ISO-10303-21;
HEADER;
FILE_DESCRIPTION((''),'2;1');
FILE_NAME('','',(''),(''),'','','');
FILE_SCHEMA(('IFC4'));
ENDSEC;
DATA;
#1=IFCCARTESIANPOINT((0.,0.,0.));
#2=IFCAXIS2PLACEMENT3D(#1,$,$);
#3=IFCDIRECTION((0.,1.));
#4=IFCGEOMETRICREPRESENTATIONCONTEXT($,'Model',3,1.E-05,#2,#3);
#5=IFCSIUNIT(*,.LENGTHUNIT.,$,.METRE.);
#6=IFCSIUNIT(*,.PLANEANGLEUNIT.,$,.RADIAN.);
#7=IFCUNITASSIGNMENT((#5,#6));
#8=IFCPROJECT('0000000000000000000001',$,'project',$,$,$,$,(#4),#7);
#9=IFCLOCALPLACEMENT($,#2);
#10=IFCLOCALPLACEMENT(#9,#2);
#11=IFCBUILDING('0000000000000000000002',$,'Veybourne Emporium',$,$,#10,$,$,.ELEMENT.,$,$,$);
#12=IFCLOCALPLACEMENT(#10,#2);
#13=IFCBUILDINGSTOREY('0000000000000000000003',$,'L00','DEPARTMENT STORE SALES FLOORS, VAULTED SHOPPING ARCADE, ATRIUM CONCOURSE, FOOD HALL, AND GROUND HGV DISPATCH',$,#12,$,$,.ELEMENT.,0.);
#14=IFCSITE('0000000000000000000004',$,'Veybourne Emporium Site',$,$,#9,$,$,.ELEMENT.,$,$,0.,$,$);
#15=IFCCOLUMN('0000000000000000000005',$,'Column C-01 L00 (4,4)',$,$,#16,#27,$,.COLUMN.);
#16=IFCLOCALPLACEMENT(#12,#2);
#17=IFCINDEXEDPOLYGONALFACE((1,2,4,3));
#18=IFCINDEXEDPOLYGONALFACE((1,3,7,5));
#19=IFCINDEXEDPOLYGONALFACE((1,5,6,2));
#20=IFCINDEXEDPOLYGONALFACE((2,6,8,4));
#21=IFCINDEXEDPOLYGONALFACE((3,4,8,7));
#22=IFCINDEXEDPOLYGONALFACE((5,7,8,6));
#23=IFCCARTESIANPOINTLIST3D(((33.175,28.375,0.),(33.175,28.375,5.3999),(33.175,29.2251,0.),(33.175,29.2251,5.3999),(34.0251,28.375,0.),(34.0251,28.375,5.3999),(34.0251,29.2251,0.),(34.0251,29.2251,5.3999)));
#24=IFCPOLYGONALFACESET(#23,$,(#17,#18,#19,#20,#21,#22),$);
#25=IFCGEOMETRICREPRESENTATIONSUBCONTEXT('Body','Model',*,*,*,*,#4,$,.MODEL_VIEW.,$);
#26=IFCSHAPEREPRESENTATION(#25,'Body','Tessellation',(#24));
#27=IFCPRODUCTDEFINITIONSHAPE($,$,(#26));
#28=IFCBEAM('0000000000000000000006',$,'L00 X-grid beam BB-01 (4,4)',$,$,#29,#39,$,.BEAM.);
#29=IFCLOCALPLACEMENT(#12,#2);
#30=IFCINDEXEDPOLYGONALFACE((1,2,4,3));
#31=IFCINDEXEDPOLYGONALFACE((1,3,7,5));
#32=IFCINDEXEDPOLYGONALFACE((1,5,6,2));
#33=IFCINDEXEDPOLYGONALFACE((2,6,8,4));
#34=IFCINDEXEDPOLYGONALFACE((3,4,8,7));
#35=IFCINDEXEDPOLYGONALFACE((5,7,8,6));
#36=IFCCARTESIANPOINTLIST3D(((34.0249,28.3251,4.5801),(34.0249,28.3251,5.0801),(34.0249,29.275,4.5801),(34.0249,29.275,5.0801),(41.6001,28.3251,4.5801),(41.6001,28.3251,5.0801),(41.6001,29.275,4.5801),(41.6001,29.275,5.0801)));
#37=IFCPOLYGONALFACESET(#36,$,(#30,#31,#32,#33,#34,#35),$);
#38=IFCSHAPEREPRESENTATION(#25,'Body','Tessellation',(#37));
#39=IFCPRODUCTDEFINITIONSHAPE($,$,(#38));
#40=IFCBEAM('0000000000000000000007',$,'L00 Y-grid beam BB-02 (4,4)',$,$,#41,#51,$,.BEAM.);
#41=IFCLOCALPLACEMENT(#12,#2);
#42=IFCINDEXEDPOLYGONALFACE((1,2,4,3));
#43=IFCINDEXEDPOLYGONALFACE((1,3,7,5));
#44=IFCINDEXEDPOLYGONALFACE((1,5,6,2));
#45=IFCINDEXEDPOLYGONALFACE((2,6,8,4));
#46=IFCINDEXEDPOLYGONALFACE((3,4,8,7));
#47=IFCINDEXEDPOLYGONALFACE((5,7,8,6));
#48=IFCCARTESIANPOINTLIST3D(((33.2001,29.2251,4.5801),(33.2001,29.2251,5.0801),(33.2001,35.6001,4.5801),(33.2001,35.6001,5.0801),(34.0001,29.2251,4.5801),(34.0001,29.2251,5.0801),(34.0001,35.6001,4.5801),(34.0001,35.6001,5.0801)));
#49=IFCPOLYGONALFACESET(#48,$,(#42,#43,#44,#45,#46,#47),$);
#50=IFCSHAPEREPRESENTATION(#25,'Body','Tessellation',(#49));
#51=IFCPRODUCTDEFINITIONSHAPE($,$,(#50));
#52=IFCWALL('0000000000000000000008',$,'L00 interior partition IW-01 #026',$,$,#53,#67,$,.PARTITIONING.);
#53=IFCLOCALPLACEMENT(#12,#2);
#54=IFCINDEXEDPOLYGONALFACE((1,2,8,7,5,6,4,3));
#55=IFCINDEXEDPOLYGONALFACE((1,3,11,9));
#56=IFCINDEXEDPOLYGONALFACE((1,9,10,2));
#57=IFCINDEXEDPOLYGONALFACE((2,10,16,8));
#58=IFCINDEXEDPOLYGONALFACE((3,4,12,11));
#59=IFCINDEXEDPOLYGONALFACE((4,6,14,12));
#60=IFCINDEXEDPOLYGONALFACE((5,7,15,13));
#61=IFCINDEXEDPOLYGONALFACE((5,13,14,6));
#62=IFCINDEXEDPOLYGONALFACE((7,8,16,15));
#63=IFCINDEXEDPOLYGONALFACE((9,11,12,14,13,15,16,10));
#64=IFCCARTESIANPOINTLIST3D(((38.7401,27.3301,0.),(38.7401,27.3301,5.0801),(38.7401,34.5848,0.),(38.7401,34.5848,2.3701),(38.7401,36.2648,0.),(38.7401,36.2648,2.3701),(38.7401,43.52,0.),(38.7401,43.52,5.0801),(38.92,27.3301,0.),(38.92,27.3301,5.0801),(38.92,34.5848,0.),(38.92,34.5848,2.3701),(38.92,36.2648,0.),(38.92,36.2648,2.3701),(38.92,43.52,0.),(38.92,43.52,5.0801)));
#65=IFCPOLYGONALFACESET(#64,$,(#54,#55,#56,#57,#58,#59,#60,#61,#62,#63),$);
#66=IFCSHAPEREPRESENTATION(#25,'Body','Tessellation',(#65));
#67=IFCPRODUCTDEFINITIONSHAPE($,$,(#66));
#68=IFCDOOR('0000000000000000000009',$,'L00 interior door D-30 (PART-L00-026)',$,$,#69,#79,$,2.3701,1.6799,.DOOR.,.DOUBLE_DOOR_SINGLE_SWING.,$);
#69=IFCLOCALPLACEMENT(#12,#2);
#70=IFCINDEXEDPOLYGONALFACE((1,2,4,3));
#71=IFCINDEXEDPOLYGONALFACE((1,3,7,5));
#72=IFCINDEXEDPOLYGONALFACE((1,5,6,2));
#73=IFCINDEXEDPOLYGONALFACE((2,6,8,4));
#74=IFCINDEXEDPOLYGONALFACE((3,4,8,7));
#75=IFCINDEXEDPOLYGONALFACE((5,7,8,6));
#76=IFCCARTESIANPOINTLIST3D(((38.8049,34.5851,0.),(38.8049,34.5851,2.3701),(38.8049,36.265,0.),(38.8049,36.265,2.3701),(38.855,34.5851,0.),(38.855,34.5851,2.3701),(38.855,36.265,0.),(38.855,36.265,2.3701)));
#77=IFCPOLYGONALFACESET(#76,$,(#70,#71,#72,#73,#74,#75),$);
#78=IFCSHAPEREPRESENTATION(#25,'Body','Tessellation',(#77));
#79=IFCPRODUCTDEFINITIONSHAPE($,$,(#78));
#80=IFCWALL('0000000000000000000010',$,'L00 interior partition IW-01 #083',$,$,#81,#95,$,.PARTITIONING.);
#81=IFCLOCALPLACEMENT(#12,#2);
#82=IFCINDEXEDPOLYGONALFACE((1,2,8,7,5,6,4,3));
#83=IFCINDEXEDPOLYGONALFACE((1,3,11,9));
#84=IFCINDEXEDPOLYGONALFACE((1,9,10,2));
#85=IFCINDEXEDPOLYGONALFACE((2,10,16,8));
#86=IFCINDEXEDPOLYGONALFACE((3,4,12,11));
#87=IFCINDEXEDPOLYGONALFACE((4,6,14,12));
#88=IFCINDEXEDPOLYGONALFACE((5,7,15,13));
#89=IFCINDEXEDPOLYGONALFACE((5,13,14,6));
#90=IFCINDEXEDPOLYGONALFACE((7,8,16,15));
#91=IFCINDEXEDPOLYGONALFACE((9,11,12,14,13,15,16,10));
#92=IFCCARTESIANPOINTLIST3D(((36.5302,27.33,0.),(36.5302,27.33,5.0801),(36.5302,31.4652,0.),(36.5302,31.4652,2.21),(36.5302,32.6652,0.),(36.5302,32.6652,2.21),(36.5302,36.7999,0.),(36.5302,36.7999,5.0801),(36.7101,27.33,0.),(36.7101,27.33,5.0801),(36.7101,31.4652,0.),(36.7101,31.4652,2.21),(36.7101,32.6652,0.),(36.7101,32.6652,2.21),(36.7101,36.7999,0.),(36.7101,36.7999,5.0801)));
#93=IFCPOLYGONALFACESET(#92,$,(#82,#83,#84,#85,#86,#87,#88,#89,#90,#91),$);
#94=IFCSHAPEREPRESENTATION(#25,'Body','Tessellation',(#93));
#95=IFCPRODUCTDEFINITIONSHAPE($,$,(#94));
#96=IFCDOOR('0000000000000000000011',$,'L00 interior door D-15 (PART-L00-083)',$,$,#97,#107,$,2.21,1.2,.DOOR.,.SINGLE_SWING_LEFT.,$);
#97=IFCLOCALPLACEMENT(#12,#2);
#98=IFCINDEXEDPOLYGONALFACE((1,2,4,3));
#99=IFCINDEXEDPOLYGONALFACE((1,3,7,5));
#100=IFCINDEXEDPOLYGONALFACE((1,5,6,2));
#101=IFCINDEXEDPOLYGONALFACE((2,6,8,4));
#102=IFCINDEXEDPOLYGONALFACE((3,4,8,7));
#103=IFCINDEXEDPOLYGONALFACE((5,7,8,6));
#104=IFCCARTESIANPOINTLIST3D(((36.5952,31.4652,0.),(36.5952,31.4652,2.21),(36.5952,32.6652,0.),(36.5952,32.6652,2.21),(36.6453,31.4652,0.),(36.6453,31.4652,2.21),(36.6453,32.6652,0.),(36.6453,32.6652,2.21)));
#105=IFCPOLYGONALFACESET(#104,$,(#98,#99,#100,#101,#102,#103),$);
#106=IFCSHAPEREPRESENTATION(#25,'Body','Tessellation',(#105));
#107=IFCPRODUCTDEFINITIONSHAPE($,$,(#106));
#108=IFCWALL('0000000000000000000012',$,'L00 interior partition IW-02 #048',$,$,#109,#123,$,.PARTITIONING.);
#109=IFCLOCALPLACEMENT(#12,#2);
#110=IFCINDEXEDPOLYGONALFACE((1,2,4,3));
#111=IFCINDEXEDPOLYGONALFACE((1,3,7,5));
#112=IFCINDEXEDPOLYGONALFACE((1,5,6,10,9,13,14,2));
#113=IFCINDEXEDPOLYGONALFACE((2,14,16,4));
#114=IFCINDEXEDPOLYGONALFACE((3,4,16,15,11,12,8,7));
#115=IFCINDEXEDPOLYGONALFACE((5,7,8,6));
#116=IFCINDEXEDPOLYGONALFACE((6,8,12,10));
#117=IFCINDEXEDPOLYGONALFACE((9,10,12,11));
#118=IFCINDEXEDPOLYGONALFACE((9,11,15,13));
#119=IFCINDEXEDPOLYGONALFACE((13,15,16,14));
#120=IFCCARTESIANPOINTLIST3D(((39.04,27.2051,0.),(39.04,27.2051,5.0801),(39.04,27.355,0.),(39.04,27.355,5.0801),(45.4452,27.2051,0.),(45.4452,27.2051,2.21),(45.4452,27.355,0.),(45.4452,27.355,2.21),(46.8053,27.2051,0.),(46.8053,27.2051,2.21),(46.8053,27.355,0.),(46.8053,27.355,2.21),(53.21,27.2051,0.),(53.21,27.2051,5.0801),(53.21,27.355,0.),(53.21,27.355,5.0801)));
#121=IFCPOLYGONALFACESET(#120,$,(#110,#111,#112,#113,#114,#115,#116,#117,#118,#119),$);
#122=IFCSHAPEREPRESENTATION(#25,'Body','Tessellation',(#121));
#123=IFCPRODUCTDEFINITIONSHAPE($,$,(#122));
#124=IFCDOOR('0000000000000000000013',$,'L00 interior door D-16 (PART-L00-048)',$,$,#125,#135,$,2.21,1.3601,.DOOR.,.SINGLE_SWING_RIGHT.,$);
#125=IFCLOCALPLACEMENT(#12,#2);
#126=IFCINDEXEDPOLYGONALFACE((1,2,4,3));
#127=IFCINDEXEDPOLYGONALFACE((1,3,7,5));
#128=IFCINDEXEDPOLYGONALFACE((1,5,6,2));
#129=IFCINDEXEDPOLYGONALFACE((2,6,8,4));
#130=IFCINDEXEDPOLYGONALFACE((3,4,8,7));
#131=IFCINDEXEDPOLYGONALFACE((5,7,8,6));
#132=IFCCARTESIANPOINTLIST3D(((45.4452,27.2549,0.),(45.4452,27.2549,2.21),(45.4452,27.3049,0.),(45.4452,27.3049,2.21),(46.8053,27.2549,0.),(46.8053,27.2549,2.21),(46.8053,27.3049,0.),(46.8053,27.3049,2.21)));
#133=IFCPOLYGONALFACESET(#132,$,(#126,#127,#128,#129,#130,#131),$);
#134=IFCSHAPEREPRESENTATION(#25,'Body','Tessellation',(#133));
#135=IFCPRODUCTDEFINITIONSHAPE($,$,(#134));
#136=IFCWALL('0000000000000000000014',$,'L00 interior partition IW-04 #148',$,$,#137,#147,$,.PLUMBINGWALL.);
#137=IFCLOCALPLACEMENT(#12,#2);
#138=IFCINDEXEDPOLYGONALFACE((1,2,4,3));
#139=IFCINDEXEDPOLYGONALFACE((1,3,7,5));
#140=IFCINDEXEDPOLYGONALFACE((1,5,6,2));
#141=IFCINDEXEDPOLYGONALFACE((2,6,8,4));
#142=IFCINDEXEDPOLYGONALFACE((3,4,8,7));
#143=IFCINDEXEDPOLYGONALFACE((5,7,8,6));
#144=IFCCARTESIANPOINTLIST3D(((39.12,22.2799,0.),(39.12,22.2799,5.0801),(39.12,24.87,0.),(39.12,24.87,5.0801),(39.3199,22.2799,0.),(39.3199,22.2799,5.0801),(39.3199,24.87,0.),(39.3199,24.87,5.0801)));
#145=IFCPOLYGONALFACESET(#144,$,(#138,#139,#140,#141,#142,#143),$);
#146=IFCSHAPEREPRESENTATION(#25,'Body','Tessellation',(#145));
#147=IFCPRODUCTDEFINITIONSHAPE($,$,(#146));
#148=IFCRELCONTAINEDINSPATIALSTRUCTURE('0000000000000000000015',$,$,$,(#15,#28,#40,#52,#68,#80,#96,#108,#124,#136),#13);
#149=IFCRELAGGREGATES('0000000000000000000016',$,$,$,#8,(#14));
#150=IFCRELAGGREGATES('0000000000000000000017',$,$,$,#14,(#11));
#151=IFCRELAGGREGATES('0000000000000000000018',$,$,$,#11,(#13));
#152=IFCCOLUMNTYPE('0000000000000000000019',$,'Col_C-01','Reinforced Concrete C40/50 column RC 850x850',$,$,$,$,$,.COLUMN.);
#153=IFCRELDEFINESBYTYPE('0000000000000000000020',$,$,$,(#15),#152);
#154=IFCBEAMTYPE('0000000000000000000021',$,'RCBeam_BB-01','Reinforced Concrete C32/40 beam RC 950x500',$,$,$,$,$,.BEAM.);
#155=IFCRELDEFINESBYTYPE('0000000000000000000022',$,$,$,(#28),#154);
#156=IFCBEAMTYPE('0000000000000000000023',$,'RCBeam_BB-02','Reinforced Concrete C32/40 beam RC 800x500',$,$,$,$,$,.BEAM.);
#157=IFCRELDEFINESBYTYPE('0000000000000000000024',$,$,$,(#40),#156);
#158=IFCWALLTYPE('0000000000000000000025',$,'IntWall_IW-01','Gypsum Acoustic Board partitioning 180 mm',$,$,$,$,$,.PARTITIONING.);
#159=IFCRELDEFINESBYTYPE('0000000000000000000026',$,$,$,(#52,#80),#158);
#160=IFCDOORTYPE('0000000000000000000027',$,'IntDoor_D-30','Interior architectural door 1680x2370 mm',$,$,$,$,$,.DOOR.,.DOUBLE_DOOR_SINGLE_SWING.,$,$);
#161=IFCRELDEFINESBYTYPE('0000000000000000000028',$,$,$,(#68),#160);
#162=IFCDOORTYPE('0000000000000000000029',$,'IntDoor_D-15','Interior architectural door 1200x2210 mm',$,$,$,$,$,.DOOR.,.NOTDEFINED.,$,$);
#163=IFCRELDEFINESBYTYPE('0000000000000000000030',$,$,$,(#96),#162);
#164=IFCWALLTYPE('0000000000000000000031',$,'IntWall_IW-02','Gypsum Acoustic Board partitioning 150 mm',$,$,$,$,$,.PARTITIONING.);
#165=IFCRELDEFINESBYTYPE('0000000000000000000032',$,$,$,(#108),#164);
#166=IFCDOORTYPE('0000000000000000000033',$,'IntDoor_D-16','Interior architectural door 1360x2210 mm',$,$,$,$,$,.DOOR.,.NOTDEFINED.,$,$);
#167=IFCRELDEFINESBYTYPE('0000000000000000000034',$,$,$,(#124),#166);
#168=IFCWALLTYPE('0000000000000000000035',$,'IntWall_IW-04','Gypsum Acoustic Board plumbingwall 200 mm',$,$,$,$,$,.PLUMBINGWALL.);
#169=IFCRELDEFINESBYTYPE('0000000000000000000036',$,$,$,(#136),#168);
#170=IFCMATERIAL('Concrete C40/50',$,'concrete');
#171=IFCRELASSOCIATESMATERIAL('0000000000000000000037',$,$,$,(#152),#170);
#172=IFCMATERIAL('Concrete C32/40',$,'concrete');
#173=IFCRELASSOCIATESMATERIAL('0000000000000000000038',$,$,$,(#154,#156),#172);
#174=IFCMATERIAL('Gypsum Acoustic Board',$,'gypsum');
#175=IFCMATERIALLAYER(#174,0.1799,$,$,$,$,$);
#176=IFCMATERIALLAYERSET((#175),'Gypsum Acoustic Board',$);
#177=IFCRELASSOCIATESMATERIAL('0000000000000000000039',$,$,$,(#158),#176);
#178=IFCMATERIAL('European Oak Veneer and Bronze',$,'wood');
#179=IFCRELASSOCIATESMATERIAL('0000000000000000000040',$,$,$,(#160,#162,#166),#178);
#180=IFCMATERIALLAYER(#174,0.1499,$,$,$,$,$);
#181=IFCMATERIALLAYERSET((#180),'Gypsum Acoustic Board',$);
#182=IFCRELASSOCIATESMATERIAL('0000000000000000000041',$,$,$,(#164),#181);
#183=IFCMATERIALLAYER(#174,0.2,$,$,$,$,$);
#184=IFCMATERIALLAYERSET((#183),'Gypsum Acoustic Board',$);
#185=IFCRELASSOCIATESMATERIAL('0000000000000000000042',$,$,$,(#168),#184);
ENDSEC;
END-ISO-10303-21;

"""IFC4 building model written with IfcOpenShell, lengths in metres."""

from ifc_helpers import new_model, si_unit, direction, frame, frame_2d, origin, origin_2d, place, context, subcontext, project, spatial, rectangle, extrude, material, layer, layer_set, material_profile, profile_set, type_object, element, fill, save


model = new_model("IFC4")

# Units and contexts
model_context = context("Model", 3, precision=1e-05, world=origin(), true_north=direction((0.0, 1.0)))
body_context = subcontext(model_context, "Body", "Model", "MODEL_VIEW")
ifc_project = project(units=[si_unit("LENGTHUNIT", "METRE"), si_unit("PLANEANGLEUNIT", "RADIAN")], contexts=[model_context])

# Site, building, storey
site_placement = place(None, origin())
site = spatial("IfcSite", under=ifc_project, at=site_placement, Name="Veybourne Emporium Site", CompositionType="ELEMENT", RefElevation=0.0)
building_placement = place(site_placement, origin())
building = spatial("IfcBuilding", under=site, at=building_placement, Name="Veybourne Emporium", CompositionType="ELEMENT")
storey_placement = place(building_placement, origin())
storey = spatial("IfcBuildingStorey", under=building, at=storey_placement, Name="L00", Description="DEPARTMENT STORE SALES FLOORS, VAULTED SHOPPING ARCADE, ATRIUM CONCOURSE, FOOD HALL, AND GROUND HGV DISPATCH", CompositionType="ELEMENT", Elevation=0.0)

# Column
ifc_material_1 = material(Name="Concrete C40/50", Category="concrete")
ifc_material_profile_1 = material_profile(ifc_material_1, rectangle(XDim=0.8501, YDim=0.8501, at=origin_2d()), Name="RC 850x850")
ifc_profile_set_1 = profile_set([ifc_material_profile_1], Name="Concrete C40/50")
column_type = type_object("IfcColumnType", Name="Col_C-01", Description="Reinforced Concrete C40/50 column RC 850x850", PredefinedType="COLUMN", material=ifc_profile_set_1)
column_placement = place(storey_placement, frame((33.6001, 28.8, 0.0), z_axis=(0.0, 0.0, 1.0), x_axis=(1.0, 0.0, 0.0)))
element("IfcColumn", 1, at=column_placement, inside=storey, type_object=column_type, Name="Column C-01 L00 (4,4)", PredefinedType="COLUMN", context=body_context, shape_type="SweptSolid", body=[
    extrude(rectangle(XDim=0.8501, YDim=0.8501, at=origin_2d()), origin(), (0.0, 0.0, 1.0), 5.3999),
])

# Beams
ifc_material_2 = material(Name="Concrete C32/40", Category="concrete")
ifc_material_profile_2 = material_profile(ifc_material_2, rectangle(XDim=0.95, YDim=0.5, at=origin_2d()), Name="RC 950x500")
ifc_profile_set_2 = profile_set([ifc_material_profile_2], Name="Concrete C32/40")
beam_type_1 = type_object("IfcBeamType", Name="RCBeam_BB-01", Description="Reinforced Concrete C32/40 beam RC 950x500", PredefinedType="BEAM", material=ifc_profile_set_2)
beam_1_placement = place(storey_placement, frame((34.0249, 28.8, 4.8301), z_axis=(1.0, 0.0, 0.0), x_axis=(0.0, 1.0, 0.0)))
element("IfcBeam", 2, at=beam_1_placement, inside=storey, type_object=beam_type_1, Name="L00 X-grid beam BB-01 (4,4)", PredefinedType="BEAM", context=body_context, shape_type="SweptSolid", body=[
    extrude(rectangle(XDim=0.95, YDim=0.5, at=origin_2d()), origin(), (0.0, 0.0, 1.0), 7.5752),
])
ifc_material_profile_3 = material_profile(ifc_material_2, rectangle(XDim=0.8, YDim=0.5, at=origin_2d()), Name="RC 800x500")
ifc_profile_set_3 = profile_set([ifc_material_profile_3], Name="Concrete C32/40")
beam_type_2 = type_object("IfcBeamType", Name="RCBeam_BB-02", Description="Reinforced Concrete C32/40 beam RC 800x500", PredefinedType="BEAM", material=ifc_profile_set_3)
beam_2_placement = place(storey_placement, frame((33.6001, 29.2251, 4.8301), z_axis=(0.0, 1.0, 0.0), x_axis=(-1.0, 0.0, 0.0)))
element("IfcBeam", 3, at=beam_2_placement, inside=storey, type_object=beam_type_2, Name="L00 Y-grid beam BB-02 (4,4)", PredefinedType="BEAM", context=body_context, shape_type="SweptSolid", body=[
    extrude(rectangle(XDim=0.8, YDim=0.5, at=origin_2d()), origin(), (0.0, 0.0, 1.0), 6.375),
])

# Walls, openings, doors
ifc_material_3 = material(Name="Gypsum Acoustic Board", Category="gypsum")
ifc_layer_1 = layer(ifc_material_3, 0.1799)
ifc_layer_set_1 = layer_set([ifc_layer_1], Name="Gypsum Acoustic Board")
wall_type_1 = type_object("IfcWallType", Name="IntWall_IW-01", Description="Gypsum Acoustic Board partitioning 180 mm", PredefinedType="PARTITIONING", material=ifc_layer_set_1)
wall_1_placement = place(storey_placement, frame((38.8301, 27.3301, 0.0), z_axis=(0.0, 0.0, 1.0), x_axis=(0.0, 1.0, 0.0)))
wall_1 = element("IfcWall", 4, at=wall_1_placement, inside=storey, type_object=wall_type_1, Name="L00 interior partition IW-01 #026", PredefinedType="PARTITIONING", context=body_context, shape_type="SweptSolid", body=[
    extrude(rectangle(XDim=16.1899, YDim=0.1799, at=frame_2d((8.095, 0.0))), origin(), (0.0, 0.0, 1.0), 5.0801),
])
opening_1_placement = place(wall_1_placement, frame((7.2549, 0.0, 0.0)))
opening_1 = element("IfcOpeningElement", 5, at=opening_1_placement, cuts=wall_1, PredefinedType="OPENING", context=body_context, shape_type="SweptSolid", body=[
    extrude(rectangle(XDim=1.6799, YDim=2.3701, at=frame_2d((0.8398, 1.1851))), frame((0.0, 0.1099, 0.0), z_axis=(0.0, -1.0, 0.0), x_axis=(1.0, 0.0, 0.0)), (0.0, 0.0, 1.0), 0.22),
])
ifc_material_4 = material(Name="European Oak Veneer and Bronze", Category="wood")
door_type_1 = type_object("IfcDoorType", Name="IntDoor_D-30", Description="Interior architectural door 1680x2370 mm", OperationType="DOUBLE_DOOR_SINGLE_SWING", PredefinedType="DOOR", material=ifc_material_4)
door_1_placement = place(opening_1_placement, frame((1.6799, 0.0, 0.0), z_axis=(0.0, 0.0, 1.0), x_axis=(-1.0, 0.0, 0.0)))
door_1 = element("IfcDoor", 6, at=door_1_placement, inside=storey, type_object=door_type_1, Name="L00 interior door D-30 (PART-L00-026)", OperationType="DOUBLE_DOOR_SINGLE_SWING", OverallHeight=2.3701, OverallWidth=1.6799, PredefinedType="DOOR", context=body_context, shape_type="SweptSolid", body=[
    extrude(rectangle(XDim=1.6799, YDim=2.3701, at=frame_2d((0.8398, 1.1851))), frame((0.0, 0.0249, 0.0), z_axis=(0.0, -1.0, 0.0), x_axis=(1.0, 0.0, 0.0)), (0.0, 0.0, 1.0), 0.05),
])
fill(opening_1, door_1)
wall_2_placement = place(storey_placement, frame((36.6201, 27.3301, 0.0), z_axis=(0.0, 0.0, 1.0), x_axis=(0.0, 1.0, 0.0)))
wall_2 = element("IfcWall", 7, at=wall_2_placement, inside=storey, type_object=wall_type_1, Name="L00 interior partition IW-01 #083", PredefinedType="PARTITIONING", context=body_context, shape_type="SweptSolid", body=[
    extrude(rectangle(XDim=9.47, YDim=0.1799, at=frame_2d((4.7349, 0.0))), origin(), (0.0, 0.0, 1.0), 5.0801),
])
opening_2_placement = place(wall_2_placement, frame((4.135, 0.0, 0.0)))
opening_2 = element("IfcOpeningElement", 8, at=opening_2_placement, cuts=wall_2, PredefinedType="OPENING", context=body_context, shape_type="SweptSolid", body=[
    extrude(rectangle(XDim=1.2, YDim=2.21, at=frame_2d((0.6001, 1.105))), frame((0.0, 0.1099, 0.0), z_axis=(0.0, -1.0, 0.0), x_axis=(1.0, 0.0, 0.0)), (0.0, 0.0, 1.0), 0.22),
])
door_type_2 = type_object("IfcDoorType", Name="IntDoor_D-15", Description="Interior architectural door 1200x2210 mm", OperationType="NOTDEFINED", PredefinedType="DOOR", material=ifc_material_4)
door_2_placement = place(opening_2_placement, origin())
door_2 = element("IfcDoor", 9, at=door_2_placement, inside=storey, type_object=door_type_2, Name="L00 interior door D-15 (PART-L00-083)", OperationType="SINGLE_SWING_LEFT", OverallHeight=2.21, OverallWidth=1.2, PredefinedType="DOOR", context=body_context, shape_type="SweptSolid", body=[
    extrude(rectangle(XDim=1.2, YDim=2.21, at=frame_2d((0.6001, 1.105))), frame((0.0, 0.0249, 0.0), z_axis=(0.0, -1.0, 0.0), x_axis=(1.0, 0.0, 0.0)), (0.0, 0.0, 1.0), 0.05),
])
fill(opening_2, door_2)
ifc_layer_2 = layer(ifc_material_3, 0.1499)
ifc_layer_set_2 = layer_set([ifc_layer_2], Name="Gypsum Acoustic Board")
wall_type_2 = type_object("IfcWallType", Name="IntWall_IW-02", Description="Gypsum Acoustic Board partitioning 150 mm", PredefinedType="PARTITIONING", material=ifc_layer_set_2)
wall_3_placement = place(storey_placement, frame((39.04, 27.28, 0.0), z_axis=(0.0, 0.0, 1.0), x_axis=(1.0, 0.0, 0.0)))
wall_3 = element("IfcWall", 10, at=wall_3_placement, inside=storey, type_object=wall_type_2, Name="L00 interior partition IW-02 #048", PredefinedType="PARTITIONING", context=body_context, shape_type="SweptSolid", body=[
    extrude(rectangle(XDim=14.1699, YDim=0.1499, at=frame_2d((7.085, 0.0))), origin(), (0.0, 0.0, 1.0), 5.0801),
])
opening_3_placement = place(wall_3_placement, frame((6.405, 0.0, 0.0)))
opening_3 = element("IfcOpeningElement", 11, at=opening_3_placement, cuts=wall_3, PredefinedType="OPENING", context=body_context, shape_type="SweptSolid", body=[
    extrude(rectangle(XDim=1.3601, YDim=2.21, at=frame_2d((0.6802, 1.105))), frame((0.0, 0.095, 0.0), z_axis=(0.0, -1.0, 0.0), x_axis=(1.0, 0.0, 0.0)), (0.0, 0.0, 1.0), 0.1899),
])
door_type_3 = type_object("IfcDoorType", Name="IntDoor_D-16", Description="Interior architectural door 1360x2210 mm", OperationType="NOTDEFINED", PredefinedType="DOOR", material=ifc_material_4)
door_3_placement = place(opening_3_placement, origin())
door_3 = element("IfcDoor", 12, at=door_3_placement, inside=storey, type_object=door_type_3, Name="L00 interior door D-16 (PART-L00-048)", OperationType="SINGLE_SWING_RIGHT", OverallHeight=2.21, OverallWidth=1.3601, PredefinedType="DOOR", context=body_context, shape_type="SweptSolid", body=[
    extrude(rectangle(XDim=1.3601, YDim=2.21, at=frame_2d((0.6802, 1.105))), frame((0.0, 0.0249, 0.0), z_axis=(0.0, -1.0, 0.0), x_axis=(1.0, 0.0, 0.0)), (0.0, 0.0, 1.0), 0.05),
])
fill(opening_3, door_3)

# Wall
ifc_layer_3 = layer(ifc_material_3, 0.2)
ifc_layer_set_3 = layer_set([ifc_layer_3], Name="Gypsum Acoustic Board")
wall_type_3 = type_object("IfcWallType", Name="IntWall_IW-04", Description="Gypsum Acoustic Board plumbingwall 200 mm", PredefinedType="PLUMBINGWALL", material=ifc_layer_set_3)
wall_4_placement = place(storey_placement, frame((39.22, 22.28, 0.0), z_axis=(0.0, 0.0, 1.0), x_axis=(0.0, 1.0, 0.0)))
element("IfcWall", 13, at=wall_4_placement, inside=storey, type_object=wall_type_3, Name="L00 interior partition IW-04 #148", PredefinedType="PLUMBINGWALL", context=body_context, shape_type="SweptSolid", body=[
    extrude(rectangle(XDim=2.5901, YDim=0.2, at=frame_2d((1.2949, 0.0))), origin(), (0.0, 0.0, 1.0), 5.0801),
])

save(model, "model.ifc")
